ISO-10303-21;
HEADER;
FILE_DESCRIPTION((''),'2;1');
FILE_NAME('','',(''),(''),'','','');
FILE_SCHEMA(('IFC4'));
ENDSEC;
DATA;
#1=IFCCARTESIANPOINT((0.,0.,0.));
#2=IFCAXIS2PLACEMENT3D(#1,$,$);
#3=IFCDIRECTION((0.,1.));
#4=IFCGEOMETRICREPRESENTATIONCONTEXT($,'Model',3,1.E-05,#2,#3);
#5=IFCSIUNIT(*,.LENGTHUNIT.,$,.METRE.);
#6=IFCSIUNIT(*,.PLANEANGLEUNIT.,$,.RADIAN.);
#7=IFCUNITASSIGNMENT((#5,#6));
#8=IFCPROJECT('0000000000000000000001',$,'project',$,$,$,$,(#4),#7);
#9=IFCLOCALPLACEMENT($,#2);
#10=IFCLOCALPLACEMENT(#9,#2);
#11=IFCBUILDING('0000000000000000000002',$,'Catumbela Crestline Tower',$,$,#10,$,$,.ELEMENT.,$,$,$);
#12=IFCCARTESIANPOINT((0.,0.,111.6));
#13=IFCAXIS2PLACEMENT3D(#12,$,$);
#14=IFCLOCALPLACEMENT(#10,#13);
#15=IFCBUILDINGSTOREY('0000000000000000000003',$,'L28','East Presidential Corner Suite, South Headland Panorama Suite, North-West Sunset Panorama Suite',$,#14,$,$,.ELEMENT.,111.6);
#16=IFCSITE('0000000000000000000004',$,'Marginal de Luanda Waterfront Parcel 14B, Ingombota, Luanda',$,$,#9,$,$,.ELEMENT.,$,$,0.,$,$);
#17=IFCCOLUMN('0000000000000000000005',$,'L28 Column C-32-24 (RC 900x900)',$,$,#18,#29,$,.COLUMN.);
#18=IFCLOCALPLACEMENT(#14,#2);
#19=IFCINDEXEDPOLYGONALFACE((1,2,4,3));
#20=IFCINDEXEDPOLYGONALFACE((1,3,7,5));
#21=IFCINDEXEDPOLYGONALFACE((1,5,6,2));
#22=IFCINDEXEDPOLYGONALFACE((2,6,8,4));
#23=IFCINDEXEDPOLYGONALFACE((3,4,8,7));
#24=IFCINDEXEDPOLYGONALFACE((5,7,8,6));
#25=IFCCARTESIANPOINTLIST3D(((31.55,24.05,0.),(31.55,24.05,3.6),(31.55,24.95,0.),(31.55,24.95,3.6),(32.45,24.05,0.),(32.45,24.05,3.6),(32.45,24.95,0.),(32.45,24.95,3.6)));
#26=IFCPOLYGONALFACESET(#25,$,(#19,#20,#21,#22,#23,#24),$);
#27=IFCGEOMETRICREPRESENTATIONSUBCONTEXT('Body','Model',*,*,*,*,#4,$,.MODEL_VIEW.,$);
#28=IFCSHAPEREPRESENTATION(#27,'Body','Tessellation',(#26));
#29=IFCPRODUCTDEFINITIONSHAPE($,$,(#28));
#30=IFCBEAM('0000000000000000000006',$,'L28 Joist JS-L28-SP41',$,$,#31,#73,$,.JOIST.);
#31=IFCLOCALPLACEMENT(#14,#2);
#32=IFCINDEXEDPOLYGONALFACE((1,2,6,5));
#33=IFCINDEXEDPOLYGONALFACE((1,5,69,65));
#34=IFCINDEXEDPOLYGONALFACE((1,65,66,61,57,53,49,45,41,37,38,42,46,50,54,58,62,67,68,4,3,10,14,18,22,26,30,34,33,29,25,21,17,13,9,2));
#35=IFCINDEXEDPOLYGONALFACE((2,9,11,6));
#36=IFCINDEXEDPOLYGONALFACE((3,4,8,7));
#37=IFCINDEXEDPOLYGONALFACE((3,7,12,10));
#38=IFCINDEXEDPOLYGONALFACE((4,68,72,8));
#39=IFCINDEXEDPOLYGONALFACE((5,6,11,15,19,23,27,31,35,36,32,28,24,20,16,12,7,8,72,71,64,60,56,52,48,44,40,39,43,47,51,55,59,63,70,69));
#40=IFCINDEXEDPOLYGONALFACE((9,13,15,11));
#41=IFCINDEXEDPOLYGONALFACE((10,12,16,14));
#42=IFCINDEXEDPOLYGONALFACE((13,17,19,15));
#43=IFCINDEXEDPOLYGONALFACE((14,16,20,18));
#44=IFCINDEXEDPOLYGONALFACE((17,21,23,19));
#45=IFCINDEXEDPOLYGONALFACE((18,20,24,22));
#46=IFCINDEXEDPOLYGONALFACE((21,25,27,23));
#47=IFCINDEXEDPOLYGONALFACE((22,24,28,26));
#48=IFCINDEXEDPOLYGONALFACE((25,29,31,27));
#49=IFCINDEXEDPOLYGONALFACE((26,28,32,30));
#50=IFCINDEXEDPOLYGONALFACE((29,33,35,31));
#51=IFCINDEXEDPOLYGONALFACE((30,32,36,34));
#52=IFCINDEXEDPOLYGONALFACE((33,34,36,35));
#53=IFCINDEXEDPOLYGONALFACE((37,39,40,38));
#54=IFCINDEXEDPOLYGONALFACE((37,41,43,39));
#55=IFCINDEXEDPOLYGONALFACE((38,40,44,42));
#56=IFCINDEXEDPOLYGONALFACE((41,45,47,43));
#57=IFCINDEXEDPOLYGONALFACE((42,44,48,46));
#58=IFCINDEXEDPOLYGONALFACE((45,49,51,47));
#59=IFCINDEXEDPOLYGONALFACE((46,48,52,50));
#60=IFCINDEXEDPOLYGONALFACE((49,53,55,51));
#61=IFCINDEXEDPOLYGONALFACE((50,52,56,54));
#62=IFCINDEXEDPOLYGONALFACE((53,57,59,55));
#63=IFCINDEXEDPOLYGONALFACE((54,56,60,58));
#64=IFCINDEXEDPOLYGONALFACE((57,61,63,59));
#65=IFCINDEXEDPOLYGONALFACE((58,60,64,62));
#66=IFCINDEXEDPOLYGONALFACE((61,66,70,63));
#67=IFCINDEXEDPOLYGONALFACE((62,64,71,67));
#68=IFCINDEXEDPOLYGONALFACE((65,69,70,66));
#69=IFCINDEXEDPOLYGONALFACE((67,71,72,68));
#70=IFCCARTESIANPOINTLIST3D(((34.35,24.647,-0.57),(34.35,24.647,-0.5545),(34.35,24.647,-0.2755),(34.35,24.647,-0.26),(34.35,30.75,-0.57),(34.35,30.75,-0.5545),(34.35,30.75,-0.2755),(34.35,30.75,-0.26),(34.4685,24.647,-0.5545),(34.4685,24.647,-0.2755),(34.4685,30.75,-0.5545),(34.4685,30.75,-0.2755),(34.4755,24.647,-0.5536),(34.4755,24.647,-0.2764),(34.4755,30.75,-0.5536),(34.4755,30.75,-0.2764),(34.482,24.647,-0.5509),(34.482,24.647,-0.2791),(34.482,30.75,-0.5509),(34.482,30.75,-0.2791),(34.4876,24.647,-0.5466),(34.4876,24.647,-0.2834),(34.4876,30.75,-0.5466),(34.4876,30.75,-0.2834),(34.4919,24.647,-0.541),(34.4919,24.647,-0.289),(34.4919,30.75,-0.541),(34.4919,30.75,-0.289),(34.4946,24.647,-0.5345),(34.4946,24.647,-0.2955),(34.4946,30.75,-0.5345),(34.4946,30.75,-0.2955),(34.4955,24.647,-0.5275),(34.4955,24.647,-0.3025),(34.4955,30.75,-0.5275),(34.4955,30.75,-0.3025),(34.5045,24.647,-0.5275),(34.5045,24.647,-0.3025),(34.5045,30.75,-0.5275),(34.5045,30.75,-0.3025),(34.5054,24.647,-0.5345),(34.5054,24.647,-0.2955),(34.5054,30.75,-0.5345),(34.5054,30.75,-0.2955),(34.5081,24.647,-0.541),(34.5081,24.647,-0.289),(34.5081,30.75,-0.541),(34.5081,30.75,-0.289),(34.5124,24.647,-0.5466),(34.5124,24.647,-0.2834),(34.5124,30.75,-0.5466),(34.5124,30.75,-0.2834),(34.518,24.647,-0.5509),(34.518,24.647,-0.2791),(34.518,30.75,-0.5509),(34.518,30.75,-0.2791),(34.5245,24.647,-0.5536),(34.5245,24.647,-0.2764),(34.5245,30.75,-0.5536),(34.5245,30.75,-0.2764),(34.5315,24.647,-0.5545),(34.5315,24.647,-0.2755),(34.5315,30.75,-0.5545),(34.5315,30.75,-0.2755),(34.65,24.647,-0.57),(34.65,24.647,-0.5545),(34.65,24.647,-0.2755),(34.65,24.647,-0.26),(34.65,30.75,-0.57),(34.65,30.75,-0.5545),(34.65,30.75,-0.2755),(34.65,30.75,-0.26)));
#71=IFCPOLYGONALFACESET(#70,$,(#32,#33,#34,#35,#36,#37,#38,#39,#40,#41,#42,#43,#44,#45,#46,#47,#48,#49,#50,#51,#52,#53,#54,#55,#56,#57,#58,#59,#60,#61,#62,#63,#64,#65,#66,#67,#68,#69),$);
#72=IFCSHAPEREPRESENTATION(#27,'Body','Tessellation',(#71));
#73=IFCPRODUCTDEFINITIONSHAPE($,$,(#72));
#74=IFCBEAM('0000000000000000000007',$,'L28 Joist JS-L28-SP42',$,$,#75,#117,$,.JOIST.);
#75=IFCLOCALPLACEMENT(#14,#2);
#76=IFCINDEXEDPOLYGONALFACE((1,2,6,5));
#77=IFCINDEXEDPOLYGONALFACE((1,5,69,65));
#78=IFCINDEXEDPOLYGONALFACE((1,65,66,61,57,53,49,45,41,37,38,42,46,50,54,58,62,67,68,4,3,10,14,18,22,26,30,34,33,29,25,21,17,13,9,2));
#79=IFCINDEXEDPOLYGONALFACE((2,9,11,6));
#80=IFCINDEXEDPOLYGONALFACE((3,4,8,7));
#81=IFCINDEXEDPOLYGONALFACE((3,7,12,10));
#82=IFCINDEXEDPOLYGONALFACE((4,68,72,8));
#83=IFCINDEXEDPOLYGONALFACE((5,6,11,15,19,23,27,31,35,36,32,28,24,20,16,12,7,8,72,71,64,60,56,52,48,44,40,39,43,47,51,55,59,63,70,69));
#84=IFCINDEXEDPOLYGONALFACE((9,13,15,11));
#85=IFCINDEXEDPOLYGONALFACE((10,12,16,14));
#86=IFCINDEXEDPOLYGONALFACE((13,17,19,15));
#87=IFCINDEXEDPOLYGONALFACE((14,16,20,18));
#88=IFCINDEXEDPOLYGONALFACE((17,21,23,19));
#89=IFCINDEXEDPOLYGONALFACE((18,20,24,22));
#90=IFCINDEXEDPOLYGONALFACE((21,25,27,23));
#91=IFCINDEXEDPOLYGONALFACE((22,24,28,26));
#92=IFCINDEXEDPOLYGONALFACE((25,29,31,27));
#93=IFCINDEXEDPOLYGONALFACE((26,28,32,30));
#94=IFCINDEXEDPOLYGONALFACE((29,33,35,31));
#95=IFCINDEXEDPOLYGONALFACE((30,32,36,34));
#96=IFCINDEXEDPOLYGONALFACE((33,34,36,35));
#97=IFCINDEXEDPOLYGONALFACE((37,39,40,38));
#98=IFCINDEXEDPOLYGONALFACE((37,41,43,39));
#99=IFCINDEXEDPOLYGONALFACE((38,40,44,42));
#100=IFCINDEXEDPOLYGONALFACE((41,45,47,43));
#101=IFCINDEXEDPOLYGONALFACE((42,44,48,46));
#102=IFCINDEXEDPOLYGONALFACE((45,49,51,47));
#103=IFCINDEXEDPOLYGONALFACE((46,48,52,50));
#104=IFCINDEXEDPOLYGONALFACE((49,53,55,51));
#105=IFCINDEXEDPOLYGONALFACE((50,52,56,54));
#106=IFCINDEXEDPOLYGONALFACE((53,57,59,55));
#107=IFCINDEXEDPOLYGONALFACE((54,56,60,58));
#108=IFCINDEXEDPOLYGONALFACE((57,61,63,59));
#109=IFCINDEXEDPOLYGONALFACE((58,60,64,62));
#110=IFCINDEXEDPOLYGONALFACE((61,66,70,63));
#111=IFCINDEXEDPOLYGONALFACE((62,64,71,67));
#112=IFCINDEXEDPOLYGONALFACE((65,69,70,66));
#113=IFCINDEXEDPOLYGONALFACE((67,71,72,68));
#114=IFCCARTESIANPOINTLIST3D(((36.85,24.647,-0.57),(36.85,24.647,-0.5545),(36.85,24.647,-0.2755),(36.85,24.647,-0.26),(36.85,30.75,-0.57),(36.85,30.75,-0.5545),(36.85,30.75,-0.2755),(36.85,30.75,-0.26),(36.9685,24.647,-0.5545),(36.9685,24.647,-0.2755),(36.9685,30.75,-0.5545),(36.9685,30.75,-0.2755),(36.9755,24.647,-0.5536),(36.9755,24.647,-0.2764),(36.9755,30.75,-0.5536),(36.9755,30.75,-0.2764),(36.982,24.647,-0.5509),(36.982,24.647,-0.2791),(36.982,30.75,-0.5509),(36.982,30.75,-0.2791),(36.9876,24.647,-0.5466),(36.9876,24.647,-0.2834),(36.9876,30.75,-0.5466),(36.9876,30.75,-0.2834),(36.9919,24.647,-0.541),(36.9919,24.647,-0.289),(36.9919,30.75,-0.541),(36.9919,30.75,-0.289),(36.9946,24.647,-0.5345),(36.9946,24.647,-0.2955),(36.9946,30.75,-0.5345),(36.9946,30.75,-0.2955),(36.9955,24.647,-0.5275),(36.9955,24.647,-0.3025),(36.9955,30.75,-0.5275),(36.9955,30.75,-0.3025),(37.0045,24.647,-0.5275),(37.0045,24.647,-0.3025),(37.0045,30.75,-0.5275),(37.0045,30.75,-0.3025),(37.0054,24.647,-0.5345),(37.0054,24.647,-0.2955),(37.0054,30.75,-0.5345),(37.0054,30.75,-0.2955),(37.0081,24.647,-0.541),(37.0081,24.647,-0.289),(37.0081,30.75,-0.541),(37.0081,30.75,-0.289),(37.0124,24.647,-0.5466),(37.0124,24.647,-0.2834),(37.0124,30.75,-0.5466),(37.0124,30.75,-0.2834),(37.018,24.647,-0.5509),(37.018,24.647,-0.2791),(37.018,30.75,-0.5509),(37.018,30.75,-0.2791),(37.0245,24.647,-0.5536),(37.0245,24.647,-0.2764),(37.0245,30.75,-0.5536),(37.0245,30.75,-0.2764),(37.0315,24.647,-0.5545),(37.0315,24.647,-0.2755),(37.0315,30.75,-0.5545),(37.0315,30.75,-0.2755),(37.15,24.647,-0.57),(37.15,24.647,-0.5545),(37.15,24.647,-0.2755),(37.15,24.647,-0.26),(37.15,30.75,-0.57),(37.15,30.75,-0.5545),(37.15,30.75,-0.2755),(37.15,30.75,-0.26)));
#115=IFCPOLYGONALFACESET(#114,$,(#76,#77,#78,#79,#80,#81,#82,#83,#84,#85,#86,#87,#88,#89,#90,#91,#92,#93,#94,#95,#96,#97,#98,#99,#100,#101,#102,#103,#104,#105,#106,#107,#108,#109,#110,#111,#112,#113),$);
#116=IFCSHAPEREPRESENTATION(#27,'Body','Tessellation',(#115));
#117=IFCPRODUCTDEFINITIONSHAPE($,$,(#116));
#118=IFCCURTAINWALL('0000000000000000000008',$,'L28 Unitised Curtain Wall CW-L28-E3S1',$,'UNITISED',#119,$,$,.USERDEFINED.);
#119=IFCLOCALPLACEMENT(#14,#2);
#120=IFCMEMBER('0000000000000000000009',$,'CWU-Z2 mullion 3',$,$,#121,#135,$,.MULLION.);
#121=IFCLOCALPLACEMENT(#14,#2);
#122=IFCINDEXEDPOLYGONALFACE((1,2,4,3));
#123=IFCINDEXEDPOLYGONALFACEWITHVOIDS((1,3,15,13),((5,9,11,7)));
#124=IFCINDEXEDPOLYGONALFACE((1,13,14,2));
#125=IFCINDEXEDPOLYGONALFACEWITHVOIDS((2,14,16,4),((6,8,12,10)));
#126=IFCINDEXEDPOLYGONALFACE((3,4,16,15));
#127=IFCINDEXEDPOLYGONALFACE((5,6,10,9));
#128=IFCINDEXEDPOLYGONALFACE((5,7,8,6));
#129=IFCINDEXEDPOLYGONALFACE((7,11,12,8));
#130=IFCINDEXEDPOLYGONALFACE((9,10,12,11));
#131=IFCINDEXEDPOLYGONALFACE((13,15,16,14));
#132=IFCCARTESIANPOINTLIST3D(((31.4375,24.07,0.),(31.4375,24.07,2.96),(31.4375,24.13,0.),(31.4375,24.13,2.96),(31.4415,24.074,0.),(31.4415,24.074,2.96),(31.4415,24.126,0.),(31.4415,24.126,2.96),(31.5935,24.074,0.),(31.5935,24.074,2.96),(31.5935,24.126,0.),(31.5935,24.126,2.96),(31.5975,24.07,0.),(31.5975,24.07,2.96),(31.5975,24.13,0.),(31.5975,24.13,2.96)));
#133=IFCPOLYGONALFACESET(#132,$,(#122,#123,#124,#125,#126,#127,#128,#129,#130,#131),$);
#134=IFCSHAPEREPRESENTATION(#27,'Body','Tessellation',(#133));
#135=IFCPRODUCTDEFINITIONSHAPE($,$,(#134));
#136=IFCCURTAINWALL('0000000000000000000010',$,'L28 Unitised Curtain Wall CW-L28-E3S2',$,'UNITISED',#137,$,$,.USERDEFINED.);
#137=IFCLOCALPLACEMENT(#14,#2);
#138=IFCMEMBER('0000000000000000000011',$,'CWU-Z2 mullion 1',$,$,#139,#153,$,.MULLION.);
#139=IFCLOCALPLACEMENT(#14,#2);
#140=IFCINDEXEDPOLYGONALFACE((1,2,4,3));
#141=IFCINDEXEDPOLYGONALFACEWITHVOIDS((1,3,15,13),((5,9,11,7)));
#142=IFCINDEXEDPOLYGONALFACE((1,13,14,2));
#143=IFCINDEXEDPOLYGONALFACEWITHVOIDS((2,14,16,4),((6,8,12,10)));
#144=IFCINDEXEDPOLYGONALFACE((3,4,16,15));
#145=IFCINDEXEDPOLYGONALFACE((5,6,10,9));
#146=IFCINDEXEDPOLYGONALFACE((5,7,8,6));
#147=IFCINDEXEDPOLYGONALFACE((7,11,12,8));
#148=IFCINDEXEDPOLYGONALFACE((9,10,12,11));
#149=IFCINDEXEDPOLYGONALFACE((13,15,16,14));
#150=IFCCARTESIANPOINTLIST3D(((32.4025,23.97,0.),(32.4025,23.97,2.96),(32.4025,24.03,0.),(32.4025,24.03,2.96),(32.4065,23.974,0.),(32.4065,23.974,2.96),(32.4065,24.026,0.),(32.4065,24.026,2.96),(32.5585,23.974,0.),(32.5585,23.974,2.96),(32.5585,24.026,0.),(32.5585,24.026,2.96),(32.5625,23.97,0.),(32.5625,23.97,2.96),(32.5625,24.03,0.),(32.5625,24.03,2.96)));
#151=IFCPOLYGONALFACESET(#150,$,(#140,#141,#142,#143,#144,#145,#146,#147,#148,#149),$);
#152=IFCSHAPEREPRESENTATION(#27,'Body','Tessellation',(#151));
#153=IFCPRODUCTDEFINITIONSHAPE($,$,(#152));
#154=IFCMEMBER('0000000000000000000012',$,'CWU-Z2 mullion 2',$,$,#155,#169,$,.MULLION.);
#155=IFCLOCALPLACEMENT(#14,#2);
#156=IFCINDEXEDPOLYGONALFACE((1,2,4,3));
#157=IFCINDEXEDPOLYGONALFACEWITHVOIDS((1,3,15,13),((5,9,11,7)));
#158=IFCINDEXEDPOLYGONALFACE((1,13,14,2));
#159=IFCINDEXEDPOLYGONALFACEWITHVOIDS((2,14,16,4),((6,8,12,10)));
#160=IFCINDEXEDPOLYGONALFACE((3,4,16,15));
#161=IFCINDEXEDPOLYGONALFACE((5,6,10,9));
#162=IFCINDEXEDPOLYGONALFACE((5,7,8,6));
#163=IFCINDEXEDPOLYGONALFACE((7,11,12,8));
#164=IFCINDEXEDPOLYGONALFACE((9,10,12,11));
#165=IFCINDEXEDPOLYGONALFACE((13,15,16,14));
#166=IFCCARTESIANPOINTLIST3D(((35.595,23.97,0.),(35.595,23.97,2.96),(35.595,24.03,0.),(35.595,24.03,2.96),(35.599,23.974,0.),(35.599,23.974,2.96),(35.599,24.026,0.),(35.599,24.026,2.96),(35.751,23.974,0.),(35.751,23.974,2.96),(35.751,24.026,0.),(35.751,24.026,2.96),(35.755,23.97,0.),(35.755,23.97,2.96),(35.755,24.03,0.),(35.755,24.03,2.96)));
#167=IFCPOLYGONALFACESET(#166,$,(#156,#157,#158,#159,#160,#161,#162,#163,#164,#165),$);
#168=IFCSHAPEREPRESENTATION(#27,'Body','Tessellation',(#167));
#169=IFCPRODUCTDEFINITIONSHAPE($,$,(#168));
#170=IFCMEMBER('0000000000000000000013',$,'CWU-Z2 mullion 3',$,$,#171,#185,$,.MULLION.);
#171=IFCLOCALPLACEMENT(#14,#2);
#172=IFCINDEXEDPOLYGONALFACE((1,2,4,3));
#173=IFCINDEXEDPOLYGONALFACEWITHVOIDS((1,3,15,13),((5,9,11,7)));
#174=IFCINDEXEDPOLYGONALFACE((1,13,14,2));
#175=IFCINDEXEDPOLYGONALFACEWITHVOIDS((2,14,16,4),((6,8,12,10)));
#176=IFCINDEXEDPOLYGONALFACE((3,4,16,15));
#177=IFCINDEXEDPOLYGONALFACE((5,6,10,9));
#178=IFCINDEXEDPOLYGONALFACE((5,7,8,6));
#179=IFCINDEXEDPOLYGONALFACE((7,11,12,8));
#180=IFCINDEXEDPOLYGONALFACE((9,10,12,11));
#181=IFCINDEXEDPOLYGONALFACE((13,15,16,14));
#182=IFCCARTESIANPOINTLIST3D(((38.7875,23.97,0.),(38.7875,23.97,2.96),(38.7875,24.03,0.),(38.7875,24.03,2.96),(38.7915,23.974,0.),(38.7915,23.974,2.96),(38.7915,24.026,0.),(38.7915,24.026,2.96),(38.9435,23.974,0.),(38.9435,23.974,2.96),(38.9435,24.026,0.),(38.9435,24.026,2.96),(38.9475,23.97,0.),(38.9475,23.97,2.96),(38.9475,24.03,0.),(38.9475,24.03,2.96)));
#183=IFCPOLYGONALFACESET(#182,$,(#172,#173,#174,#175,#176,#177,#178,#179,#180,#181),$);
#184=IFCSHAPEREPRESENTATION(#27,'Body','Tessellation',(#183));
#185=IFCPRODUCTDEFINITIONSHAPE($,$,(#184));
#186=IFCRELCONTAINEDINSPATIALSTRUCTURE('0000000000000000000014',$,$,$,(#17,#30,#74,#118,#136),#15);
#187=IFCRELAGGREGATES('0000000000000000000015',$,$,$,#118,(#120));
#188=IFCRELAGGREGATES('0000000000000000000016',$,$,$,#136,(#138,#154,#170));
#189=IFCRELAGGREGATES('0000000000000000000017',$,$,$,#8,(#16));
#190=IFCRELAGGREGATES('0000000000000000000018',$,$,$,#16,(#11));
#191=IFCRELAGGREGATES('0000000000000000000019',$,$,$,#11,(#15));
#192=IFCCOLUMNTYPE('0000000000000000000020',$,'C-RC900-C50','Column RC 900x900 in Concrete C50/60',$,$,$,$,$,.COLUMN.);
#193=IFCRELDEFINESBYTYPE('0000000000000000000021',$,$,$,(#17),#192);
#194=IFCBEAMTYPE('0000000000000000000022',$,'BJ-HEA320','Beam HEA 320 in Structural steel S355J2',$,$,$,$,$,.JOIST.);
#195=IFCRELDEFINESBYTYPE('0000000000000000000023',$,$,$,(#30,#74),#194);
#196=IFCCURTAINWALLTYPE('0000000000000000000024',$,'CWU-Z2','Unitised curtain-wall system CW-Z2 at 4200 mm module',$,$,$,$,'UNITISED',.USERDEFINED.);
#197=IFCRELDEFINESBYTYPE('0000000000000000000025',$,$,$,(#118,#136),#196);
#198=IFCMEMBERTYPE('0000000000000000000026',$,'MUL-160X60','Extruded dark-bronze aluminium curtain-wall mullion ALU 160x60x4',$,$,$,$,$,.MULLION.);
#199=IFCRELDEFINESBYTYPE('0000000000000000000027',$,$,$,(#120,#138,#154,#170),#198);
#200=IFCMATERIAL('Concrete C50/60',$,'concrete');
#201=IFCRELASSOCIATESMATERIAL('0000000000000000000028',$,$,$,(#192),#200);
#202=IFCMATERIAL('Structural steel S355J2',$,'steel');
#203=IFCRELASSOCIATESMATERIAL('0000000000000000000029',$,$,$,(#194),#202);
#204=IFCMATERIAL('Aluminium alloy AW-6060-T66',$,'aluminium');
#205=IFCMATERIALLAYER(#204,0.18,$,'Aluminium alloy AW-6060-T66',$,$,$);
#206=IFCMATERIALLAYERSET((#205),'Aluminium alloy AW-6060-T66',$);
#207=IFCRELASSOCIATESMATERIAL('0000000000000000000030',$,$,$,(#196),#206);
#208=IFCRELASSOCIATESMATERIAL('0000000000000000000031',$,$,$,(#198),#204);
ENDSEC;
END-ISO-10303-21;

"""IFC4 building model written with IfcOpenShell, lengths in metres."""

from ifc_helpers import new_model, si_unit, direction, frame, origin, origin_2d, place, context, subcontext, project, spatial, rectangle, hollow_rectangle, i_section, extrude, material, layer, layer_set, material_profile, profile_set, type_object, element, aggregate, save


model = new_model("IFC4")

# Units and contexts
model_context = context("Model", 3, precision=1e-05, world=origin(), true_north=direction((0.0, 1.0)))
body_context = subcontext(model_context, "Body", "Model", "MODEL_VIEW")
ifc_project = project(units=[si_unit("LENGTHUNIT", "METRE"), si_unit("PLANEANGLEUNIT", "RADIAN")], contexts=[model_context])

# Site, building, storey
site_placement = place(None, origin())
site = spatial("IfcSite", under=ifc_project, at=site_placement, Name="Marginal de Luanda Waterfront Parcel 14B, Ingombota, Luanda", CompositionType="ELEMENT", RefElevation=0.0)
building_placement = place(site_placement, origin())
building = spatial("IfcBuilding", under=site, at=building_placement, Name="Catumbela Crestline Tower", CompositionType="ELEMENT")
storey_placement = place(building_placement, frame((0.0, 0.0, 111.6)))
storey = spatial("IfcBuildingStorey", under=building, at=storey_placement, Name="L28", Description="East Presidential Corner Suite, South Headland Panorama Suite, North-West Sunset Panorama Suite", CompositionType="ELEMENT", Elevation=111.6)

# Column
ifc_material_1 = material(Name="Concrete C50/60", Category="concrete")
ifc_material_profile_1 = material_profile(ifc_material_1, rectangle(XDim=0.9, YDim=0.9, at=origin_2d()), Name="RC 900x900")
ifc_profile_set_1 = profile_set([ifc_material_profile_1], Name="Concrete C50/60")
column_type = type_object("IfcColumnType", Name="C-RC900-C50", Description="Column RC 900x900 in Concrete C50/60", PredefinedType="COLUMN", material=ifc_profile_set_1)
column_placement = place(storey_placement, frame((32.0, 24.5, 0.0), z_axis=(0.0, 0.0, 1.0), x_axis=(1.0, 0.0, 0.0)))
element("IfcColumn", 1, at=column_placement, inside=storey, type_object=column_type, Name="L28 Column C-32-24 (RC 900x900)", PredefinedType="COLUMN", context=body_context, shape_type="SweptSolid", body=[
    extrude(rectangle(XDim=0.9, YDim=0.9, at=origin_2d()), origin(), (0.0, 0.0, 1.0), 3.6),
])

# Beams
ifc_material_2 = material(Name="Structural steel S355J2", Category="steel")
ifc_material_profile_2 = material_profile(ifc_material_2, i_section(OverallWidth=0.3, OverallDepth=0.31, WebThickness=0.009, FlangeThickness=0.0155, FilletRadius=0.027, at=origin_2d()), Name="HEA 320")
ifc_profile_set_2 = profile_set([ifc_material_profile_2], Name="Structural steel S355J2")
beam_type_1 = type_object("IfcBeamType", Name="BJ-HEA320", Description="Beam HEA 320 in Structural steel S355J2", PredefinedType="JOIST", material=ifc_profile_set_2)
for number, where, z_axis, x_axis, name in (
    (2, (34.5, 24.647, -0.415), (0.0, 1.0, 0.0), (-1.0, 0.0, 0.0), "L28 Joist JS-L28-SP41"),
    (3, (37.0, 24.647, -0.415), (0.0, 1.0, 0.0), (-1.0, 0.0, 0.0), "L28 Joist JS-L28-SP42"),
):
    element("IfcBeam", number, at=place(storey_placement, frame(where, z_axis=z_axis, x_axis=x_axis)), inside=storey, type_object=beam_type_1, Name=name, PredefinedType="JOIST", context=body_context, shape_type="SweptSolid", body=[
        extrude(i_section(OverallWidth=0.3, OverallDepth=0.31, WebThickness=0.009, FlangeThickness=0.0155, FilletRadius=0.027, at=origin_2d()), origin(), (0.0, 0.0, 1.0), 6.103),
    ])

# Curtain wall, member
ifc_material_3 = material(Name="Aluminium alloy AW-6060-T66", Category="aluminium")
ifc_layer_1 = layer(ifc_material_3, 0.18, Name="Aluminium alloy AW-6060-T66")
ifc_layer_set_1 = layer_set([ifc_layer_1], Name="Aluminium alloy AW-6060-T66")
curtain_wall_type = type_object("IfcCurtainWallType", Name="CWU-Z2", Description="Unitised curtain-wall system CW-Z2 at 4200 mm module", ElementType="UNITISED", PredefinedType="USERDEFINED", material=ifc_layer_set_1)
curtain_wall_1_placement = place(storey_placement, origin())
curtain_wall_1 = element("IfcCurtainWall", 4, at=curtain_wall_1_placement, inside=storey, type_object=curtain_wall_type, Name="L28 Unitised Curtain Wall CW-L28-E3S1", ObjectType="UNITISED", PredefinedType="USERDEFINED")
ifc_material_profile_3 = material_profile(ifc_material_3, hollow_rectangle(XDim=0.06, YDim=0.16, WallThickness=0.004, at=origin_2d()), Name="ALU 160x60x4")
ifc_profile_set_3 = profile_set([ifc_material_profile_3], Name="Aluminium alloy AW-6060-T66")
member_type_1 = type_object("IfcMemberType", Name="MUL-160X60", Description="Extruded dark-bronze aluminium curtain-wall mullion ALU 160x60x4", PredefinedType="MULLION", material=ifc_profile_set_3)
member_1_placement = place(storey_placement, frame((31.5175, 24.1, 0.0), z_axis=(0.0, 0.0, 1.0), x_axis=(0.0, 1.0, 0.0)))
member_1 = element("IfcMember", 5, at=member_1_placement, type_object=member_type_1, Name="CWU-Z2 mullion 3", PredefinedType="MULLION", context=body_context, shape_type="SweptSolid", body=[
    extrude(hollow_rectangle(XDim=0.06, YDim=0.16, WallThickness=0.004, at=origin_2d()), origin(), (0.0, 0.0, 1.0), 2.96),
])

# Curtain wall, members
curtain_wall_2_placement = place(storey_placement, origin())
curtain_wall_2 = element("IfcCurtainWall", 6, at=curtain_wall_2_placement, inside=storey, type_object=curtain_wall_type, Name="L28 Unitised Curtain Wall CW-L28-E3S2", ObjectType="UNITISED", PredefinedType="USERDEFINED")
member_2_placement = place(storey_placement, frame((32.4825, 24.0, 0.0), z_axis=(0.0, 0.0, 1.0), x_axis=(0.0, 1.0, 0.0)))
member_2 = element("IfcMember", 7, at=member_2_placement, type_object=member_type_1, Name="CWU-Z2 mullion 1", PredefinedType="MULLION", context=body_context, shape_type="SweptSolid", body=[
    extrude(hollow_rectangle(XDim=0.06, YDim=0.16, WallThickness=0.004, at=origin_2d()), origin(), (0.0, 0.0, 1.0), 2.96),
])
member_3_placement = place(storey_placement, frame((35.675, 24.0, 0.0), z_axis=(0.0, 0.0, 1.0), x_axis=(0.0, 1.0, 0.0)))
member_3 = element("IfcMember", 8, at=member_3_placement, type_object=member_type_1, Name="CWU-Z2 mullion 2", PredefinedType="MULLION", context=body_context, shape_type="SweptSolid", body=[
    extrude(hollow_rectangle(XDim=0.06, YDim=0.16, WallThickness=0.004, at=origin_2d()), origin(), (0.0, 0.0, 1.0), 2.96),
])
member_4_placement = place(storey_placement, frame((38.8675, 24.0, 0.0), z_axis=(0.0, 0.0, 1.0), x_axis=(0.0, 1.0, 0.0)))
member_4 = element("IfcMember", 9, at=member_4_placement, type_object=member_type_1, Name="CWU-Z2 mullion 3", PredefinedType="MULLION", context=body_context, shape_type="SweptSolid", body=[
    extrude(hollow_rectangle(XDim=0.06, YDim=0.16, WallThickness=0.004, at=origin_2d()), origin(), (0.0, 0.0, 1.0), 2.96),
])

aggregate(curtain_wall_1, [member_1])
aggregate(curtain_wall_2, [member_2, member_3, member_4])

save(model, "model.ifc")
